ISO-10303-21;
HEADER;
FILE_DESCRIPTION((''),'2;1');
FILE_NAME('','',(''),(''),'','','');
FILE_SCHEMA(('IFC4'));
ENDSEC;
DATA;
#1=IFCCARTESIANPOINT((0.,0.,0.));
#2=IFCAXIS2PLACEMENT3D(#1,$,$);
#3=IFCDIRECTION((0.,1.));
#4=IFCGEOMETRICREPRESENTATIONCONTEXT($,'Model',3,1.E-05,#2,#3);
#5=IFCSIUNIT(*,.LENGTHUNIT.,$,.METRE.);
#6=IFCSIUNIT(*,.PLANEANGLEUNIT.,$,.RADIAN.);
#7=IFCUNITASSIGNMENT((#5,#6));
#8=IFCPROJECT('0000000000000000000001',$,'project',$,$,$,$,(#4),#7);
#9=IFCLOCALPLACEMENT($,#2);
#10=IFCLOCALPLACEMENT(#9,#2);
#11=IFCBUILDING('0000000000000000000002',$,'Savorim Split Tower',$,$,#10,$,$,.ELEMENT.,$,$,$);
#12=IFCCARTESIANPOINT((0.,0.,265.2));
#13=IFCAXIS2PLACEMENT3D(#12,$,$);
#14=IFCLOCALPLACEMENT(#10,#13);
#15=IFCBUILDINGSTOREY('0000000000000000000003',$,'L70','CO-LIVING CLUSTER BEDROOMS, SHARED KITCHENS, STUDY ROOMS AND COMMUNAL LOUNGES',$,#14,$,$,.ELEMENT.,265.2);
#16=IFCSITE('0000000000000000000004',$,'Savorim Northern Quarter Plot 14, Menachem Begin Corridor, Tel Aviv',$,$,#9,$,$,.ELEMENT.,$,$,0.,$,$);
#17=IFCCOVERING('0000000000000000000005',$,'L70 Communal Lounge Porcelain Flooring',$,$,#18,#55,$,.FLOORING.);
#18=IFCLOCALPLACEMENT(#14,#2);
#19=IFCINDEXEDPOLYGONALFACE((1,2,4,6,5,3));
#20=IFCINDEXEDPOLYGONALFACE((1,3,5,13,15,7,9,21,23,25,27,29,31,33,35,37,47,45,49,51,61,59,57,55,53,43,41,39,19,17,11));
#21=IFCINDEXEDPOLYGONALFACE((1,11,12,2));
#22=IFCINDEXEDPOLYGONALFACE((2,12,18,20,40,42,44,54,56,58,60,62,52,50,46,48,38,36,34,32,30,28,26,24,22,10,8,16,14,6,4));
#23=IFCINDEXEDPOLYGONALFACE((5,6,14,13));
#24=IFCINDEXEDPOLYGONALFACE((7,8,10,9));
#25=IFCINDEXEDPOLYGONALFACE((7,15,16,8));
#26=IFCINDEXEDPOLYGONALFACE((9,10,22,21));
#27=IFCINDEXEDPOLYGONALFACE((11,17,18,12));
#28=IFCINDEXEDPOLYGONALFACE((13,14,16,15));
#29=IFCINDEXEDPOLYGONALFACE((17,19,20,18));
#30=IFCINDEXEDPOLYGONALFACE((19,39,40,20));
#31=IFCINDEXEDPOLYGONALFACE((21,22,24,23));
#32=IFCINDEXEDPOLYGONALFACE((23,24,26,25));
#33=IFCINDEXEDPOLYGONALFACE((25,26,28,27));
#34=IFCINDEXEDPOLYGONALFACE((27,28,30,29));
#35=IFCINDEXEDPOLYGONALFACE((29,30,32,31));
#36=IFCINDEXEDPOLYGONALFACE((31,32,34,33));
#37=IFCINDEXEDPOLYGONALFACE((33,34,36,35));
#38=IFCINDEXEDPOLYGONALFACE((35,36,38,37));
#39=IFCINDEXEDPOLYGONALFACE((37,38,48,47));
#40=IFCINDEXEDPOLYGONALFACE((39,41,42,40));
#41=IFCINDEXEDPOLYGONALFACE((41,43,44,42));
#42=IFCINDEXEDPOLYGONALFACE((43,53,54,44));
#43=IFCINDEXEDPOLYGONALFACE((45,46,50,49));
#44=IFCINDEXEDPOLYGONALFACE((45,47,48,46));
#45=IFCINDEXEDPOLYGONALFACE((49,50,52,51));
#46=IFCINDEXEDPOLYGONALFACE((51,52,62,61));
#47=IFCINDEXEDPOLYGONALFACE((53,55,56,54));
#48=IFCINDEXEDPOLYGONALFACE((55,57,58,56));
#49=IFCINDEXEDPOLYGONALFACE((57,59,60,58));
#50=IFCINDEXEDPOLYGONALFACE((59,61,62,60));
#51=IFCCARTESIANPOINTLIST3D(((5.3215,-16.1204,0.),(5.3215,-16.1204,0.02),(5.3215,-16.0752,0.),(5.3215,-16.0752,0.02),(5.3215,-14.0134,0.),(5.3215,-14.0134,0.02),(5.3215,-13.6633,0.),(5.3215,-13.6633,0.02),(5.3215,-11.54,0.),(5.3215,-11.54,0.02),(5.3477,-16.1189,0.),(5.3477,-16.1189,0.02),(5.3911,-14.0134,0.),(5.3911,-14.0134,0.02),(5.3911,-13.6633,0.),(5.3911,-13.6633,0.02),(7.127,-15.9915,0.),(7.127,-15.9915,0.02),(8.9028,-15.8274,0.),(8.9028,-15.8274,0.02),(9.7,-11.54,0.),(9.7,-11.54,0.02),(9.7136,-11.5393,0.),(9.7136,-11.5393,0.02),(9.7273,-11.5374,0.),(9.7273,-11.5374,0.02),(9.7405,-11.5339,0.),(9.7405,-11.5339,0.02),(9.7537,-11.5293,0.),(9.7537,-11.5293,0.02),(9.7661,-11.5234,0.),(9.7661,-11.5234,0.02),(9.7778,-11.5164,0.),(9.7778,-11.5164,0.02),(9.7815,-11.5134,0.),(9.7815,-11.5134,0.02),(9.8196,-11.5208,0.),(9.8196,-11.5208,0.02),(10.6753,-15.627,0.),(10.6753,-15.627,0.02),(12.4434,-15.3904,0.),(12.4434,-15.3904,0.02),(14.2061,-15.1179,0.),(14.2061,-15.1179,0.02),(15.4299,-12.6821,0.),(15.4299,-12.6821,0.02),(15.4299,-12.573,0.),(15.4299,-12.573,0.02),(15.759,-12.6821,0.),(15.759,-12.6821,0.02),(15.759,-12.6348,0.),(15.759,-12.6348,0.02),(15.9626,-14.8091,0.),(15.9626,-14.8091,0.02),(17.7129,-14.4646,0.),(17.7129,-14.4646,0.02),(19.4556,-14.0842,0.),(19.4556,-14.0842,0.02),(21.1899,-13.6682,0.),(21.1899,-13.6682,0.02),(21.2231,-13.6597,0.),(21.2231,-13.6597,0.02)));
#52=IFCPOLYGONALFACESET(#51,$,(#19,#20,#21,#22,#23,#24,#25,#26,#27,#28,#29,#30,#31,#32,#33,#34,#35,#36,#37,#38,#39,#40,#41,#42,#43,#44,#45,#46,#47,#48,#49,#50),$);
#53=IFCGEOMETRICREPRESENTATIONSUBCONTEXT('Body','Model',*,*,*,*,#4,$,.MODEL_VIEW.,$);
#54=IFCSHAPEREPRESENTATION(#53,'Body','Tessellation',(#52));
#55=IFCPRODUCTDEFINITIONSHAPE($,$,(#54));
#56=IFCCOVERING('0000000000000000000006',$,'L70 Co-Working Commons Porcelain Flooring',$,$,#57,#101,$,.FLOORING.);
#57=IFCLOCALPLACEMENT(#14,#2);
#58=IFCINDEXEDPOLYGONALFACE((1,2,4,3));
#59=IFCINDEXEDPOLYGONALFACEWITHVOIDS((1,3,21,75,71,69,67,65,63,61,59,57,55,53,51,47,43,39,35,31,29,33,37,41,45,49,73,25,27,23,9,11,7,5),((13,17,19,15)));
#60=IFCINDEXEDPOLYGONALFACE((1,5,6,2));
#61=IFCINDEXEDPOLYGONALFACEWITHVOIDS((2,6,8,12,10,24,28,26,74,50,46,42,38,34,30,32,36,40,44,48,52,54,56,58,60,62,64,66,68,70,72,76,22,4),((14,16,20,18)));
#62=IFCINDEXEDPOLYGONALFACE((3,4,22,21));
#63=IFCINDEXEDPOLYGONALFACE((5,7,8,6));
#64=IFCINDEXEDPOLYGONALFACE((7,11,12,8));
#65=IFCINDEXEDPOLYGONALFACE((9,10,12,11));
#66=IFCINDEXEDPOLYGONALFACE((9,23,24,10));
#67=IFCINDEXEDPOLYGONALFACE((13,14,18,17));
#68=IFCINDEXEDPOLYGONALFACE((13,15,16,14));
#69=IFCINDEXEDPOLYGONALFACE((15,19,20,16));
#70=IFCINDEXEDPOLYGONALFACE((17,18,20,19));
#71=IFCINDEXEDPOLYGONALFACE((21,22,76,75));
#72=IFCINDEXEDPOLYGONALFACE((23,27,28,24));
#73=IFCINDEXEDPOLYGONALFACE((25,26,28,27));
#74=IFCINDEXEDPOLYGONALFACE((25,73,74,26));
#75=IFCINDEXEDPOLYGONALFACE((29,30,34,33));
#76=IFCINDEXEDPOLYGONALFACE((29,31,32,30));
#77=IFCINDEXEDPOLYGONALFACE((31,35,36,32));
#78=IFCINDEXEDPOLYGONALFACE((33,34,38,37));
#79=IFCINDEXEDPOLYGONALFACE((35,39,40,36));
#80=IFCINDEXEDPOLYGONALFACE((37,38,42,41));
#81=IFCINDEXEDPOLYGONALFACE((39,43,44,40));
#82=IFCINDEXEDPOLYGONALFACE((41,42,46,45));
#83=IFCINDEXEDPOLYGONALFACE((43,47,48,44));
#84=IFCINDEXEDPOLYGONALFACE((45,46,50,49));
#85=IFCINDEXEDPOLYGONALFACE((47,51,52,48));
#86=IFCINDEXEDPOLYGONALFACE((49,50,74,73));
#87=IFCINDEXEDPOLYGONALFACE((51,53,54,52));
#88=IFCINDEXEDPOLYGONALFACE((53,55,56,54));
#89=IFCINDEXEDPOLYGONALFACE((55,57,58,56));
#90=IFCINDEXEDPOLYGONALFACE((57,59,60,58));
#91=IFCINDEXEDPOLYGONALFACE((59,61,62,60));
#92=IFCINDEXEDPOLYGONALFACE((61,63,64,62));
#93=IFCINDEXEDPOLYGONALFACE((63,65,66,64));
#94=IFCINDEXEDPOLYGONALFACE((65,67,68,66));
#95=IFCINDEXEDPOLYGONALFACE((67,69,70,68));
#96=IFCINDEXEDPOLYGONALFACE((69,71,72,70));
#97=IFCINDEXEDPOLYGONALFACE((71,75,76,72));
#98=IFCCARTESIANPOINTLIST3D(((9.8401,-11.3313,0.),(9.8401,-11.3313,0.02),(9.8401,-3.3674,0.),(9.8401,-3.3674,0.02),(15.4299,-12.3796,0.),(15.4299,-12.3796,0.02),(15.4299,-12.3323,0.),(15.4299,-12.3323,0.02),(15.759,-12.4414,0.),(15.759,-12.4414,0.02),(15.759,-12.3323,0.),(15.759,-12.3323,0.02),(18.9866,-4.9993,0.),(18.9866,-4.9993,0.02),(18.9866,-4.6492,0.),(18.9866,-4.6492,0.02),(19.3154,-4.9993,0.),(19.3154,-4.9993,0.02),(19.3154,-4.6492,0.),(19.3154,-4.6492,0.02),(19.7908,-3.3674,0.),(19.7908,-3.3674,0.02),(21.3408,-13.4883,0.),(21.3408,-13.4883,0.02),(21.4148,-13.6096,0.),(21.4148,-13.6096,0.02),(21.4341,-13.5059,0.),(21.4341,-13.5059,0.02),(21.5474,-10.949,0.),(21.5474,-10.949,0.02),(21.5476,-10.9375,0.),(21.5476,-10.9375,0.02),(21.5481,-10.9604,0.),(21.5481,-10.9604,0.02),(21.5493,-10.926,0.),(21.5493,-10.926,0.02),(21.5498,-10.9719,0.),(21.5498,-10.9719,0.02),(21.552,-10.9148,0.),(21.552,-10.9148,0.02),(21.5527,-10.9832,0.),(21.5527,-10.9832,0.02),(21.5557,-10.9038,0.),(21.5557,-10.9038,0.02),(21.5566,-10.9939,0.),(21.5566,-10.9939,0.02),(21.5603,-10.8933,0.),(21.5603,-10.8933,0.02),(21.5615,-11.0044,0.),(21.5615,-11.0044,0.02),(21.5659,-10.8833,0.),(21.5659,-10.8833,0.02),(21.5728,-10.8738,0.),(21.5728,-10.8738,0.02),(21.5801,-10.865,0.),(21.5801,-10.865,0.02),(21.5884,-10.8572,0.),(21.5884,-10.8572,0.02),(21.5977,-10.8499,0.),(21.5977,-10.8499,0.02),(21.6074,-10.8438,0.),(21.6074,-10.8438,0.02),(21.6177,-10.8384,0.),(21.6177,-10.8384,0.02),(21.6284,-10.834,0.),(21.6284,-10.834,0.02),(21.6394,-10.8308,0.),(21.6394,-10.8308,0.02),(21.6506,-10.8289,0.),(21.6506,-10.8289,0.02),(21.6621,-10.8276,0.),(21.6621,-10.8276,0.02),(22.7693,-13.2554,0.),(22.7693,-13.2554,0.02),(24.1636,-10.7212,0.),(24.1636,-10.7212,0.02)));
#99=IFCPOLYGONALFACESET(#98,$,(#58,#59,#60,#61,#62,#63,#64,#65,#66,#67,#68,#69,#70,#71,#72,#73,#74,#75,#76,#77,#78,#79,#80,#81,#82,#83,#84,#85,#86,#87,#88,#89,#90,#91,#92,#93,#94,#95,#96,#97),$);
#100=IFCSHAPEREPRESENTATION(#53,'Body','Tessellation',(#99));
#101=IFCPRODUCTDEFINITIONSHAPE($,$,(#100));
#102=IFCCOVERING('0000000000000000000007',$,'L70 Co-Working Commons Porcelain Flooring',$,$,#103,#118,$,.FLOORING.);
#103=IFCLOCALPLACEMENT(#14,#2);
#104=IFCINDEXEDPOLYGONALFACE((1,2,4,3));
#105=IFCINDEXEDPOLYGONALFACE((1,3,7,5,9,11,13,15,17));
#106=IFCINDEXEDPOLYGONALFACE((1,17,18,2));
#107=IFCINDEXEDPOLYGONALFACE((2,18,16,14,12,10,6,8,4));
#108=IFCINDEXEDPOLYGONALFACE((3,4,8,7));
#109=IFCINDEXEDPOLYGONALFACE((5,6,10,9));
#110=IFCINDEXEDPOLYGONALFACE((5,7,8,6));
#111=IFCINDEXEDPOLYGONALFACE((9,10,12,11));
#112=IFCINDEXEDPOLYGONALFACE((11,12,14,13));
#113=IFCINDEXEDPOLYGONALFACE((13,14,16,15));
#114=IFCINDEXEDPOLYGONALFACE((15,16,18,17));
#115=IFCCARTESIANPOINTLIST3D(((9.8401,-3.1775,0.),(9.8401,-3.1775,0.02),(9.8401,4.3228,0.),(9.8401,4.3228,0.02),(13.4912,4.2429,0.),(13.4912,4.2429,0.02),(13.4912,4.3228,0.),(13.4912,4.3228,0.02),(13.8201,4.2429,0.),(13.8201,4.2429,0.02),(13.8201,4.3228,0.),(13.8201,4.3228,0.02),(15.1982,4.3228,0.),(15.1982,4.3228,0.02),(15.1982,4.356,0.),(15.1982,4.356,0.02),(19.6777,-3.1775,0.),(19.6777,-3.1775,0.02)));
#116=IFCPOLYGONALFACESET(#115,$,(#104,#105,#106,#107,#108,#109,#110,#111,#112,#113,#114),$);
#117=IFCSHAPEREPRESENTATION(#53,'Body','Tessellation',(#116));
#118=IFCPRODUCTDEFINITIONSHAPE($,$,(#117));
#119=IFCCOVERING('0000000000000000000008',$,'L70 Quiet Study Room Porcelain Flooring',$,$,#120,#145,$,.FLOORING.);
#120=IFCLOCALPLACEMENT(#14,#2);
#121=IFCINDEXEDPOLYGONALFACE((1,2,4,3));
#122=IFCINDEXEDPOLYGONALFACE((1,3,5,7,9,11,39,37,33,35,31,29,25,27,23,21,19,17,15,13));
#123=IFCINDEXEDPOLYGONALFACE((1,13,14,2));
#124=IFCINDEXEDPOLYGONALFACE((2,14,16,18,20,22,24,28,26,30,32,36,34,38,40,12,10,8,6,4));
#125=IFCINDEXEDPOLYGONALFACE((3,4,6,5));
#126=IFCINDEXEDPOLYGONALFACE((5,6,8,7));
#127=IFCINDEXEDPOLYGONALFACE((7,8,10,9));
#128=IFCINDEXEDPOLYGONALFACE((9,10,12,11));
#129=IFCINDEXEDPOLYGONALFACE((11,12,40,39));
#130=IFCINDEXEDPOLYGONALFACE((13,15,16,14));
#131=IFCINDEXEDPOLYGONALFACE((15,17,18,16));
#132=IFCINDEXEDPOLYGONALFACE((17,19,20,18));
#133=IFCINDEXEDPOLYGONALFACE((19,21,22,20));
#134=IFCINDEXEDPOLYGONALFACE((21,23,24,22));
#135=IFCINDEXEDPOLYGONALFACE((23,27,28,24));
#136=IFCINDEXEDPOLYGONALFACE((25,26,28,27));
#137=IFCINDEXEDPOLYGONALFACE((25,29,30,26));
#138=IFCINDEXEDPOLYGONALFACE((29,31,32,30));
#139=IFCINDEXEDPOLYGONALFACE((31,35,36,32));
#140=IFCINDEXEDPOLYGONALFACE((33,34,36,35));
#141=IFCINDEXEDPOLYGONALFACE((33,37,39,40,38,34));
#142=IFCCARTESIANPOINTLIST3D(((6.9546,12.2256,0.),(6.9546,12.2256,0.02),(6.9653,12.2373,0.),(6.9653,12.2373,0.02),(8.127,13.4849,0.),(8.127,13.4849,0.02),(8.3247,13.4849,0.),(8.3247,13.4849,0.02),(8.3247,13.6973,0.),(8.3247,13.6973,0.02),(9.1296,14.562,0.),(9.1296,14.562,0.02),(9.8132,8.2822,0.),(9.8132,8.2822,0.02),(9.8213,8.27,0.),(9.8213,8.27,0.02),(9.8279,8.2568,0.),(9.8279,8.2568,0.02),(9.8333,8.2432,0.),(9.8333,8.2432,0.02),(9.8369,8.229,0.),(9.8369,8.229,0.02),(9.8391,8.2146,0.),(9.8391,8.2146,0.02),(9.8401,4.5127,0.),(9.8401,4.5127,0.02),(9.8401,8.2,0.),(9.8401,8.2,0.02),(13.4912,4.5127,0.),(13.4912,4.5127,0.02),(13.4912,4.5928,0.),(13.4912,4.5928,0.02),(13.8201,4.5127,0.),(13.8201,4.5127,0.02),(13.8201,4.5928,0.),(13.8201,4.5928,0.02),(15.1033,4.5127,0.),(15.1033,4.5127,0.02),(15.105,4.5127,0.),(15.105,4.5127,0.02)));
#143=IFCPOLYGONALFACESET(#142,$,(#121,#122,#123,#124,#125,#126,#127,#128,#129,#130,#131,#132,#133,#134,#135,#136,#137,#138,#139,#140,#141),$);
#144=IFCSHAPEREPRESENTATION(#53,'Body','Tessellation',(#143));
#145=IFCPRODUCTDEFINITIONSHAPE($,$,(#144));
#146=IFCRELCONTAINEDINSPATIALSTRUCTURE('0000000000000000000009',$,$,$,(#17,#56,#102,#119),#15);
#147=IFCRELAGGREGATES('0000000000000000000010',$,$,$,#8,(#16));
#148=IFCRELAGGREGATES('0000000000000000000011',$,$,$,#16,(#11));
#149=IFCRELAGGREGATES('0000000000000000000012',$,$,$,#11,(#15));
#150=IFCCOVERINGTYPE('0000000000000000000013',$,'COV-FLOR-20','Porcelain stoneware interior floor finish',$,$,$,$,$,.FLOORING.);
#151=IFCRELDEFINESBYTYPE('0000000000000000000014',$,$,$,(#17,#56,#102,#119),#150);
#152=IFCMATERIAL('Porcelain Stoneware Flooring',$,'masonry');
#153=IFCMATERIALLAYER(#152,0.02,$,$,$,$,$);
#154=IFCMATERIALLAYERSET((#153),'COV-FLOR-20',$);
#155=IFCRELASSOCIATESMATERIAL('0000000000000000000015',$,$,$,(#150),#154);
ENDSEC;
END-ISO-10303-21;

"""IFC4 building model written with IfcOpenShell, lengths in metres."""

from ifc_helpers import new_model, si_unit, direction, frame, origin, place, context, subcontext, project, spatial, polyline, outline, extrude, material, layer, layer_set, type_object, element, save


model = new_model("IFC4")

# Units and contexts
model_context = context("Model", 3, precision=1e-05, world=origin(), true_north=direction((0.0, 1.0)))
body_context = subcontext(model_context, "Body", "Model", "MODEL_VIEW")
ifc_project = project(units=[si_unit("LENGTHUNIT", "METRE"), si_unit("PLANEANGLEUNIT", "RADIAN")], contexts=[model_context])

# Site, building, storey
site_placement = place(None, origin())
site = spatial("IfcSite", under=ifc_project, at=site_placement, Name="Savorim Northern Quarter Plot 14, Menachem Begin Corridor, Tel Aviv", CompositionType="ELEMENT", RefElevation=0.0)
building_placement = place(site_placement, origin())
building = spatial("IfcBuilding", under=site, at=building_placement, Name="Savorim Split Tower", CompositionType="ELEMENT")
storey_placement = place(building_placement, frame((0.0, 0.0, 265.2)))
storey = spatial("IfcBuildingStorey", under=building, at=storey_placement, Name="L70", Description="CO-LIVING CLUSTER BEDROOMS, SHARED KITCHENS, STUDY ROOMS AND COMMUNAL LOUNGES", CompositionType="ELEMENT", Elevation=265.2)

# Coverings
ifc_material_1 = material(Name="Porcelain Stoneware Flooring", Category="masonry")
ifc_layer_1 = layer(ifc_material_1, 0.02)
ifc_layer_set_1 = layer_set([ifc_layer_1], Name="COV-FLOR-20")
covering_type_1 = type_object("IfcCoveringType", Name="COV-FLOR-20", Description="Porcelain stoneware interior floor finish", PredefinedType="FLOORING", material=ifc_layer_set_1)
covering_1_placement = place(storey_placement, origin())
element("IfcCovering", 1, at=covering_1_placement, inside=storey, type_object=covering_type_1, Name="L70 Communal Lounge Porcelain Flooring", PredefinedType="FLOORING", context=body_context, shape_type="SweptSolid", body=[
    extrude(outline(polyline([(15.9626, -14.8091), (17.7129, -14.4646), (19.4556, -14.0842), (21.1899, -13.6682), (21.2231, -13.6597), (15.759, -12.6348), (15.759, -12.6821), (15.4299, -12.6821), (15.4299, -12.573), (9.8196, -11.5208), (9.7815, -11.5134), (9.7778, -11.5164), (9.7661, -11.5234), (9.7537, -11.5293), (9.7405, -11.5339), (9.7273, -11.5374), (9.7136, -11.5393), (9.7, -11.54), (5.3215, -11.54), (5.3215, -13.6633), (5.3911, -13.6633), (5.3911, -14.0134), (5.3215, -14.0134), (5.3215, -16.0752), (5.3215, -16.1204), (5.3477, -16.1189), (7.127, -15.9915), (8.9028, -15.8274), (10.6753, -15.627), (12.4434, -15.3904), (14.2061, -15.1179), (15.9626, -14.8091)])), origin(), (0.0, 0.0, 1.0), 0.02),
])
covering_2_placement = place(storey_placement, origin())
element("IfcCovering", 2, at=covering_2_placement, inside=storey, type_object=covering_type_1, Name="L70 Co-Working Commons Porcelain Flooring", PredefinedType="FLOORING", context=body_context, shape_type="SweptSolid", body=[
    extrude(outline(polyline([(21.6394, -10.8308), (21.6506, -10.8289), (21.6621, -10.8276), (24.1636, -10.7212), (19.7908, -3.3674), (9.8401, -3.3674), (9.8401, -11.3313), (15.4299, -12.3796), (15.4299, -12.3323), (15.759, -12.3323), (15.759, -12.4414), (21.3408, -13.4883), (21.4341, -13.5059), (21.4148, -13.6096), (22.7693, -13.2554), (21.5615, -11.0044), (21.5566, -10.9939), (21.5527, -10.9832), (21.5498, -10.9719), (21.5481, -10.9604), (21.5474, -10.949), (21.5476, -10.9375), (21.5493, -10.926), (21.552, -10.9148), (21.5557, -10.9038), (21.5603, -10.8933), (21.5659, -10.8833), (21.5728, -10.8738), (21.5801, -10.865), (21.5884, -10.8572), (21.5977, -10.8499), (21.6074, -10.8438), (21.6177, -10.8384), (21.6284, -10.834), (21.6394, -10.8308)]), holes=[polyline([(19.3154, -4.9993), (19.3154, -4.6492), (18.9866, -4.6492), (18.9866, -4.9993), (19.3154, -4.9993)])]), origin(), (0.0, 0.0, 1.0), 0.02),
])
covering_3_placement = place(storey_placement, origin())
element("IfcCovering", 3, at=covering_3_placement, inside=storey, type_object=covering_type_1, Name="L70 Co-Working Commons Porcelain Flooring", PredefinedType="FLOORING", context=body_context, shape_type="SweptSolid", body=[
    extrude(outline(polyline([(13.4912, 4.2429), (13.4912, 4.3228), (9.8401, 4.3228), (9.8401, -3.1775), (19.6777, -3.1775), (15.1982, 4.356), (15.1982, 4.3228), (13.8201, 4.3228), (13.8201, 4.2429), (13.4912, 4.2429)])), origin(), (0.0, 0.0, 1.0), 0.02),
])
covering_4_placement = place(storey_placement, origin())
element("IfcCovering", 4, at=covering_4_placement, inside=storey, type_object=covering_type_1, Name="L70 Quiet Study Room Porcelain Flooring", PredefinedType="FLOORING", context=body_context, shape_type="SweptSolid", body=[
    extrude(outline(polyline([(13.8201, 4.5928), (13.8201, 4.5127), (15.1033, 4.5127), (15.105, 4.5127), (9.1296, 14.562), (8.3247, 13.6973), (8.3247, 13.4849), (8.127, 13.4849), (6.9653, 12.2373), (6.9546, 12.2256), (9.8132, 8.2822), (9.8213, 8.27), (9.8279, 8.2568), (9.8333, 8.2432), (9.8369, 8.229), (9.8391, 8.2146), (9.8401, 8.2), (9.8401, 4.5127), (13.4912, 4.5127), (13.4912, 4.5928), (13.8201, 4.5928)])), origin(), (0.0, 0.0, 1.0), 0.02),
])

save(model, "model.ifc")
